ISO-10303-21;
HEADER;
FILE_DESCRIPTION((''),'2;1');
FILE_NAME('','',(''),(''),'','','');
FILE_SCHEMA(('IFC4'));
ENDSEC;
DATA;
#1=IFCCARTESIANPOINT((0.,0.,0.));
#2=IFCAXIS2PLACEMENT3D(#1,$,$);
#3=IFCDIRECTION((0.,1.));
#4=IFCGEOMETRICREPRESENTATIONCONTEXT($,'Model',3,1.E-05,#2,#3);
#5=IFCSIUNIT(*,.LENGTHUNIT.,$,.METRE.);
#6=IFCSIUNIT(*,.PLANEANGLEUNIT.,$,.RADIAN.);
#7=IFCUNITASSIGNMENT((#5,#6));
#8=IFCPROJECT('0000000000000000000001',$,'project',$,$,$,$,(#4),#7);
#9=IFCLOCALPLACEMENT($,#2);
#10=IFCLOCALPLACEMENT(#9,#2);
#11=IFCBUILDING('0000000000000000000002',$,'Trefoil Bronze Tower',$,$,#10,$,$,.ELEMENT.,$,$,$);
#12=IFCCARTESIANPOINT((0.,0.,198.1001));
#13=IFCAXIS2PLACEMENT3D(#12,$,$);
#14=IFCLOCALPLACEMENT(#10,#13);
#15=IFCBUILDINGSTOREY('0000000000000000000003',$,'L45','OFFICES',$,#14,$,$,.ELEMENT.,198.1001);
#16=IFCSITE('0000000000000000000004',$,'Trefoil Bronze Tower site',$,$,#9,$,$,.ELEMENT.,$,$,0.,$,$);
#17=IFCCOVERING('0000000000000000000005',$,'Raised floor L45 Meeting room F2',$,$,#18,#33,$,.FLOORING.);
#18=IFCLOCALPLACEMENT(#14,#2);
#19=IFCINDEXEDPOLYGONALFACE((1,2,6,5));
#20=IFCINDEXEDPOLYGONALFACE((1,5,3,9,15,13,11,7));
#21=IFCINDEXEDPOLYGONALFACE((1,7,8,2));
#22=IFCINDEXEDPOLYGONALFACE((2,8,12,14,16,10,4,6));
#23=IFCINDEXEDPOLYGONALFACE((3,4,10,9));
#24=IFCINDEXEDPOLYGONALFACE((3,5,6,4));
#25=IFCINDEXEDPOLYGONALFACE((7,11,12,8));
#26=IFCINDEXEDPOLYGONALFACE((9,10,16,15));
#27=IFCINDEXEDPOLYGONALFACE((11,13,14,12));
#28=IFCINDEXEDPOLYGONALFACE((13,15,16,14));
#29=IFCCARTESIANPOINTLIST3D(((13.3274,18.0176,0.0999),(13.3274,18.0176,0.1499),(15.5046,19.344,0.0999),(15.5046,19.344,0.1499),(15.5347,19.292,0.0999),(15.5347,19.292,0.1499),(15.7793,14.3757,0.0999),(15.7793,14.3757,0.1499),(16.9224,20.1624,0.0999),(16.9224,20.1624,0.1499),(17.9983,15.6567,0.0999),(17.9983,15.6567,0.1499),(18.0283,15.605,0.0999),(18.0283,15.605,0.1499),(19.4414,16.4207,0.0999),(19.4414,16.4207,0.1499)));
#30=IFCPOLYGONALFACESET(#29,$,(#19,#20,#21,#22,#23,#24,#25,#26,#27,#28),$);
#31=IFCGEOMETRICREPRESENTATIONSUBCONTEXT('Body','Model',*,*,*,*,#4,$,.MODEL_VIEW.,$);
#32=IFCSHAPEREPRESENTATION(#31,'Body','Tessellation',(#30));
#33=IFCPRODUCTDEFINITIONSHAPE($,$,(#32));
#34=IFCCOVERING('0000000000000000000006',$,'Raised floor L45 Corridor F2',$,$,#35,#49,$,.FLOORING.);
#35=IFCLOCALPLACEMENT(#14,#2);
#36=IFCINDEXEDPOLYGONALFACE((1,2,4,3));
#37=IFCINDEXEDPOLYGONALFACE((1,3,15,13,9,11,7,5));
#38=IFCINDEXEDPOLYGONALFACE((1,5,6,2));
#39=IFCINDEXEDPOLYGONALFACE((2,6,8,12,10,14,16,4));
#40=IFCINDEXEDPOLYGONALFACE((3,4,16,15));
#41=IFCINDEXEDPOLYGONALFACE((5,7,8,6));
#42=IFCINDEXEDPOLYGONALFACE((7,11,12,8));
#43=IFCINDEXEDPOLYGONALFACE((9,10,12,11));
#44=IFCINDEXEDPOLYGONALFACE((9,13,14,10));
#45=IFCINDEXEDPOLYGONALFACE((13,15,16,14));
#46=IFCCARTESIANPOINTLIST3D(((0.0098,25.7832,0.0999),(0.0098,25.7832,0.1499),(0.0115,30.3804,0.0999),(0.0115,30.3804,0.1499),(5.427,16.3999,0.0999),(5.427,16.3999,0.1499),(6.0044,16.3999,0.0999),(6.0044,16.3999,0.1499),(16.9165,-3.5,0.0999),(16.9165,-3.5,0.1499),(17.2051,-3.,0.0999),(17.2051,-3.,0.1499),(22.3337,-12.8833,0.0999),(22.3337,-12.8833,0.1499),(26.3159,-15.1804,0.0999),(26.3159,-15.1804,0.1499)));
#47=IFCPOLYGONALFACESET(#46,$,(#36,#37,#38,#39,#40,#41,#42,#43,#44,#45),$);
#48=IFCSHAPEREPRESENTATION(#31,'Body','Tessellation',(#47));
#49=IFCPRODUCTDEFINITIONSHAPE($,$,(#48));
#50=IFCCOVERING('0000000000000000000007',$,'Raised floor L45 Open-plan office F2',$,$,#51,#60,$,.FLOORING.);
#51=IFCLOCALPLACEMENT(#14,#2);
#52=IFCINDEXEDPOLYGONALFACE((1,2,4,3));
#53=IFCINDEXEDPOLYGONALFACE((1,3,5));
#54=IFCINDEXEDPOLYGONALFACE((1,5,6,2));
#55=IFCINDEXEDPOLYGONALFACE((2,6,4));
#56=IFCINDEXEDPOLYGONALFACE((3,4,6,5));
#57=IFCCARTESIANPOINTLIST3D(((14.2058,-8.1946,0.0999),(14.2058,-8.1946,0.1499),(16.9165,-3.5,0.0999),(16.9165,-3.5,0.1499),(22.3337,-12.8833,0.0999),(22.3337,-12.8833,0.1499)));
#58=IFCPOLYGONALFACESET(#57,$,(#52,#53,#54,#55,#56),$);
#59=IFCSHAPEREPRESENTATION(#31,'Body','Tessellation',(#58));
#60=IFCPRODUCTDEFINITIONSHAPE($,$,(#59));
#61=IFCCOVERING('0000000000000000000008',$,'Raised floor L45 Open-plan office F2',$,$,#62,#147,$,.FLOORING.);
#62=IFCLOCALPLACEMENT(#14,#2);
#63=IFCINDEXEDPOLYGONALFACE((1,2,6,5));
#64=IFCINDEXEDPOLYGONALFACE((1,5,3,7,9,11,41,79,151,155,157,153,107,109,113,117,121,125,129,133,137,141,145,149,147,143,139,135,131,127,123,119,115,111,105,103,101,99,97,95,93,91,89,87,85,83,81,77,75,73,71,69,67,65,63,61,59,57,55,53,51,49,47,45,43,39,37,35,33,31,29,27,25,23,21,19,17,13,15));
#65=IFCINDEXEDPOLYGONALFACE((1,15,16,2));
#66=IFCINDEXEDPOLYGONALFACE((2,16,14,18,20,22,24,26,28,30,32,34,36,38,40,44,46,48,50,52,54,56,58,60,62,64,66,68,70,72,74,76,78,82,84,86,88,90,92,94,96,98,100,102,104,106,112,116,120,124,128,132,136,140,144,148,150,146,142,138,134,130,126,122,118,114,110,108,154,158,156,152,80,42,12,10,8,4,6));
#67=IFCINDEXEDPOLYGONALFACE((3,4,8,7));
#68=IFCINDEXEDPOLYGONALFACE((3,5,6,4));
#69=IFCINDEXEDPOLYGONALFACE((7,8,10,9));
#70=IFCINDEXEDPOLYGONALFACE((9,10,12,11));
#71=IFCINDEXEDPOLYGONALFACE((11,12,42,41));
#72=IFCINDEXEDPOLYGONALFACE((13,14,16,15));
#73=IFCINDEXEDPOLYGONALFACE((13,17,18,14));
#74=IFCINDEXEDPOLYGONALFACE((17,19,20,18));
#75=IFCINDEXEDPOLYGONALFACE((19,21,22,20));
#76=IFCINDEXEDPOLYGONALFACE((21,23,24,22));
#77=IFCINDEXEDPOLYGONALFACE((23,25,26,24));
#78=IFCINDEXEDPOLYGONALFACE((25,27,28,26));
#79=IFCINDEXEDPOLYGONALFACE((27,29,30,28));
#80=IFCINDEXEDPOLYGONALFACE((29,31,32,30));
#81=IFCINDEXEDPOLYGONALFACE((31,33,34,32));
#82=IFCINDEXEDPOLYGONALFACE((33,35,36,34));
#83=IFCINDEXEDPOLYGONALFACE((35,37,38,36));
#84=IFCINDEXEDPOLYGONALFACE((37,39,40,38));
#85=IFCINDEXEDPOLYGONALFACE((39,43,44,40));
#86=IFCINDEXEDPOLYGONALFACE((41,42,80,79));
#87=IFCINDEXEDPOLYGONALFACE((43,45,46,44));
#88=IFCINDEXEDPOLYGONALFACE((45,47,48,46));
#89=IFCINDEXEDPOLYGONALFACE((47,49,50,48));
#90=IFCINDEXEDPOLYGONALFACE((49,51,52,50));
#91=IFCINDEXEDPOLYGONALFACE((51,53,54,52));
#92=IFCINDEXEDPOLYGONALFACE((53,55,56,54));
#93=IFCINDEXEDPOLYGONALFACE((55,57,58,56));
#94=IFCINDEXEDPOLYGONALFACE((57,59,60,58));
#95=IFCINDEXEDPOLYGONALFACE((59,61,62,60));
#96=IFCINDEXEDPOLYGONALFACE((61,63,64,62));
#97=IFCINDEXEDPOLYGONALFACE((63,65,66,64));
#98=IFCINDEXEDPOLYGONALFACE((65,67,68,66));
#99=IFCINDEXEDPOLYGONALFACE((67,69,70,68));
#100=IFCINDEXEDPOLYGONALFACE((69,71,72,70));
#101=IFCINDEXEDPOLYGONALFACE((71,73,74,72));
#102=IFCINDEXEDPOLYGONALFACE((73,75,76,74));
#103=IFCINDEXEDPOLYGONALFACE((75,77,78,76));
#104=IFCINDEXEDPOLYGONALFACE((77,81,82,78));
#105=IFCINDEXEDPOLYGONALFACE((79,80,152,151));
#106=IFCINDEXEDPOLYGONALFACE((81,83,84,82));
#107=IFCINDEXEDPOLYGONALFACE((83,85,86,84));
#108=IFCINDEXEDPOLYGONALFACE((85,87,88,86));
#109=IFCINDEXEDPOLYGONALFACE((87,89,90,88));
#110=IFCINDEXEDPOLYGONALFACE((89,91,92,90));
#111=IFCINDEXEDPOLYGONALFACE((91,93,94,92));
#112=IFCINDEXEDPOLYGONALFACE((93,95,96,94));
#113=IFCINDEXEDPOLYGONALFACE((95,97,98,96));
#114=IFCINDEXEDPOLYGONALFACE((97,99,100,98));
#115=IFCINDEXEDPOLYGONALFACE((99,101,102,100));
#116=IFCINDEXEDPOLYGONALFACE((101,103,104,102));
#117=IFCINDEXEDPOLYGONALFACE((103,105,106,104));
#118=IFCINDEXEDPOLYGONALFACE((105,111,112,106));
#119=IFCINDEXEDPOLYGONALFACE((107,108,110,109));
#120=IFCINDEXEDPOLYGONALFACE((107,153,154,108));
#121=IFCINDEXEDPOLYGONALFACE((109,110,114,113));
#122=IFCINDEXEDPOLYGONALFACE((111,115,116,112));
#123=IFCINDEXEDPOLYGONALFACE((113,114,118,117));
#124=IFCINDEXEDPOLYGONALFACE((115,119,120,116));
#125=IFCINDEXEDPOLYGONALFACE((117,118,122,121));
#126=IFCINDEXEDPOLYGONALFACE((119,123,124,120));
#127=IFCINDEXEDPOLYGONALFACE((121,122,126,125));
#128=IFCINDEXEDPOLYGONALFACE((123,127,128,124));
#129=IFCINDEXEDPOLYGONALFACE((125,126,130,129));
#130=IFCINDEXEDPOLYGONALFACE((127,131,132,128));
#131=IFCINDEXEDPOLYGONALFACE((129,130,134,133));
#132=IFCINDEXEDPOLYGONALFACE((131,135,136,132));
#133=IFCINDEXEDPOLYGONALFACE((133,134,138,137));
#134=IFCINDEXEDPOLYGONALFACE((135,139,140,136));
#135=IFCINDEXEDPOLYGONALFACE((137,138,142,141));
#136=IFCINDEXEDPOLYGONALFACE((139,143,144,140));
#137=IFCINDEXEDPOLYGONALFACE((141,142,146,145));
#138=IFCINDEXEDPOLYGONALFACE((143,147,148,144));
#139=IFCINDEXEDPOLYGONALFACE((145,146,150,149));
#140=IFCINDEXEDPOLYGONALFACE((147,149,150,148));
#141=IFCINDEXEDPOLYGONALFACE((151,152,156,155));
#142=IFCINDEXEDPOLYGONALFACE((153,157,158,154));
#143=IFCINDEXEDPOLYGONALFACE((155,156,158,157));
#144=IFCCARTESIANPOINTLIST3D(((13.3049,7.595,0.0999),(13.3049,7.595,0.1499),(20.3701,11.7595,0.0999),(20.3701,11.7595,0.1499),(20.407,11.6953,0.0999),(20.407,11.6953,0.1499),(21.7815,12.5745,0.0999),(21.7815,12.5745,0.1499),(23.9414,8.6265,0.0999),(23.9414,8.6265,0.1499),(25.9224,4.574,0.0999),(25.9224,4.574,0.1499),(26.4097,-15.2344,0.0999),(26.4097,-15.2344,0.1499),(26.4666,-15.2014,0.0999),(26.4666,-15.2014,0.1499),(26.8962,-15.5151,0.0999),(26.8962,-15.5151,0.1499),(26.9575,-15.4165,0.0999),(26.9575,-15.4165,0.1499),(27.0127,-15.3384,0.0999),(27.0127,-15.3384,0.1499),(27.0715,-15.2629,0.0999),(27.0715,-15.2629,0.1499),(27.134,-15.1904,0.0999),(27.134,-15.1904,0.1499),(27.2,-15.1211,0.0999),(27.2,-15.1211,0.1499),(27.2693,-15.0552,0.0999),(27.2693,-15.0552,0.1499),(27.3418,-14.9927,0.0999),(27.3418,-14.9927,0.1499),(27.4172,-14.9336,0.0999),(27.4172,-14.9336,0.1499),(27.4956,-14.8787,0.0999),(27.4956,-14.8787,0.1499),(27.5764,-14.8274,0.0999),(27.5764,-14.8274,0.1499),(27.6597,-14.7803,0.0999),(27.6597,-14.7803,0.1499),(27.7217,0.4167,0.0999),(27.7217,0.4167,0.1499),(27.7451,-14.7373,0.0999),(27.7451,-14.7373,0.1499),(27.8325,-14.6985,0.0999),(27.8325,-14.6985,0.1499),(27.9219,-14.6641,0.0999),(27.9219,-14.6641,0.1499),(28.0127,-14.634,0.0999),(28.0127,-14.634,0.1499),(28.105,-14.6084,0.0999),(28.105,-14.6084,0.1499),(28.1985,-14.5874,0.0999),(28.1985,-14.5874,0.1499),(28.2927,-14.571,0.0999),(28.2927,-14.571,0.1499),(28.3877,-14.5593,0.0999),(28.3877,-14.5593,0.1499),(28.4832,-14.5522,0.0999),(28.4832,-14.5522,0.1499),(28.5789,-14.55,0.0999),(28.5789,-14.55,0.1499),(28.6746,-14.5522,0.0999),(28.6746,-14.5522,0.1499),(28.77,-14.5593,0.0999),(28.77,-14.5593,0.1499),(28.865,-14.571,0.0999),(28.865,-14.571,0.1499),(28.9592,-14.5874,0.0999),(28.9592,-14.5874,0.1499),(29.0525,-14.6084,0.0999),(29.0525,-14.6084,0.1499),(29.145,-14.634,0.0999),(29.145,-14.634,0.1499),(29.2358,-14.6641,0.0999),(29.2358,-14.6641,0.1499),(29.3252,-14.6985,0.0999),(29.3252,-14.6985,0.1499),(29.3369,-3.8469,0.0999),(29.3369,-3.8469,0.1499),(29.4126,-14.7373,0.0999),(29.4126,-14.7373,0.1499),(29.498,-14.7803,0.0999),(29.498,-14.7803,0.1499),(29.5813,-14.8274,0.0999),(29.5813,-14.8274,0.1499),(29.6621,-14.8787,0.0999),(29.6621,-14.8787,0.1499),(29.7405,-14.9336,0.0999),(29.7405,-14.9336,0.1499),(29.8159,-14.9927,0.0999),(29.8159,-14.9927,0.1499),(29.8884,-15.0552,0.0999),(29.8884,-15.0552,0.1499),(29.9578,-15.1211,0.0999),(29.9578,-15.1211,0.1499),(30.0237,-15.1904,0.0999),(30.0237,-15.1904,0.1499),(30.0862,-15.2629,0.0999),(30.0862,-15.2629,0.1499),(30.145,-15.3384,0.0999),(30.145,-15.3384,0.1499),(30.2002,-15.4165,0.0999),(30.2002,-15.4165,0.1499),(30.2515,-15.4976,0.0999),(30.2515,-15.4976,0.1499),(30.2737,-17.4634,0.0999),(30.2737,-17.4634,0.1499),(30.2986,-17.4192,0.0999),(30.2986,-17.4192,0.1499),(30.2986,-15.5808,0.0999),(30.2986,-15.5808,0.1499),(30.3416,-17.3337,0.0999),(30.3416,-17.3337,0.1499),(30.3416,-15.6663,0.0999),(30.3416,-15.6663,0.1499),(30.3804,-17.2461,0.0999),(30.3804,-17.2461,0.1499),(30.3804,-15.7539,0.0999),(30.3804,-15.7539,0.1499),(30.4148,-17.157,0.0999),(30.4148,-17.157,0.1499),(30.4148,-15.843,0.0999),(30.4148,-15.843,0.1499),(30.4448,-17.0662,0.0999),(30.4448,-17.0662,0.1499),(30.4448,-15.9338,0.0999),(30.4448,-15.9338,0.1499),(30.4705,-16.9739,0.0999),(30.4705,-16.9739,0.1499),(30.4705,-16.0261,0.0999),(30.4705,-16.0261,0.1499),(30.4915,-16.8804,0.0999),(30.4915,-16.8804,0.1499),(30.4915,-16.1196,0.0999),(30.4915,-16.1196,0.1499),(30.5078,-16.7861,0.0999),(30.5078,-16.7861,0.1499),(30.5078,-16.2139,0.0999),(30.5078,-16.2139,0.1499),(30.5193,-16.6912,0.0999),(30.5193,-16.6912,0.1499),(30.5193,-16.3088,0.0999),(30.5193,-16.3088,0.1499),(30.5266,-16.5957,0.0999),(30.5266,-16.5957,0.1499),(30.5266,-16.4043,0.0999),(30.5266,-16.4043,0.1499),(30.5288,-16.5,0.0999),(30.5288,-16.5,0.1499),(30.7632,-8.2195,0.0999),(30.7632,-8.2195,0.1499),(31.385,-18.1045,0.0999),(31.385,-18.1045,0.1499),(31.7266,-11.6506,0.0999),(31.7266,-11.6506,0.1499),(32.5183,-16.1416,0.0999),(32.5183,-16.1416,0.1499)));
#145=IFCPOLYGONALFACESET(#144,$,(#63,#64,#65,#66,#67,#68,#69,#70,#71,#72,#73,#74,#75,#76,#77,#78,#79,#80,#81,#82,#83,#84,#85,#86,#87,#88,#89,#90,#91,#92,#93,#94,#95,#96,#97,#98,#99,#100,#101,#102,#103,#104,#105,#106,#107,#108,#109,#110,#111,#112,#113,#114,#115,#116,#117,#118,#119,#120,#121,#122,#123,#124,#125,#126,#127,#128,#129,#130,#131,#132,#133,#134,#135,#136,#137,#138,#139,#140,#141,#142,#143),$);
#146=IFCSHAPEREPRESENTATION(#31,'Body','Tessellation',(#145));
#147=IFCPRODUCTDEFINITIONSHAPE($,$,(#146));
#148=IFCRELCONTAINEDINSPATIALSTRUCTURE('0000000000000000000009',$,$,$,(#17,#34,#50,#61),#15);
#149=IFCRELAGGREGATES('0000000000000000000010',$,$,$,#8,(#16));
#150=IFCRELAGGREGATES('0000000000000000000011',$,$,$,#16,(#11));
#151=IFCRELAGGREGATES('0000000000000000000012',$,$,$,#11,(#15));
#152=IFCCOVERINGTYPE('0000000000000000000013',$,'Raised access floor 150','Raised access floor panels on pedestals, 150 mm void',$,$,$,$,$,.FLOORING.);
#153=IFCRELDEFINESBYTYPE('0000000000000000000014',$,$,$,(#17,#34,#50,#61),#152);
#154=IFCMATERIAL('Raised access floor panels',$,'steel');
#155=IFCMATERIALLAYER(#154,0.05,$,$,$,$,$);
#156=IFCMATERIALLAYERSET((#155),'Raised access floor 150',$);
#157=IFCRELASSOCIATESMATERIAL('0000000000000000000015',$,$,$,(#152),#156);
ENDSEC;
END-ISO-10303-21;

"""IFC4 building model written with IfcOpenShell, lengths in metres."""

from ifc_helpers import new_model, si_unit, direction, frame, origin, place, context, subcontext, project, spatial, polyline, outline, extrude, material, layer, layer_set, type_object, element, save


model = new_model("IFC4")

# Units and contexts
model_context = context("Model", 3, precision=1e-05, world=origin(), true_north=direction((0.0, 1.0)))
body_context = subcontext(model_context, "Body", "Model", "MODEL_VIEW")
ifc_project = project(units=[si_unit("LENGTHUNIT", "METRE"), si_unit("PLANEANGLEUNIT", "RADIAN")], contexts=[model_context])

# Site, building, storey
site_placement = place(None, origin())
site = spatial("IfcSite", under=ifc_project, at=site_placement, Name="Trefoil Bronze Tower site", CompositionType="ELEMENT", RefElevation=0.0)
building_placement = place(site_placement, origin())
building = spatial("IfcBuilding", under=site, at=building_placement, Name="Trefoil Bronze Tower", CompositionType="ELEMENT")
storey_placement = place(building_placement, frame((0.0, 0.0, 198.1001)))
storey = spatial("IfcBuildingStorey", under=building, at=storey_placement, Name="L45", Description="OFFICES", CompositionType="ELEMENT", Elevation=198.1001)

# Coverings
ifc_material_1 = material(Name="Raised access floor panels", Category="steel")
ifc_layer_1 = layer(ifc_material_1, 0.05)
ifc_layer_set_1 = layer_set([ifc_layer_1], Name="Raised access floor 150")
covering_type_1 = type_object("IfcCoveringType", Name="Raised access floor 150", Description="Raised access floor panels on pedestals, 150 mm void", PredefinedType="FLOORING", material=ifc_layer_set_1)
covering_1_placement = place(storey_placement, frame((0.0, 0.0, 0.0999)))
element("IfcCovering", 1, at=covering_1_placement, inside=storey, type_object=covering_type_1, Name="Raised floor L45 Meeting room F2", PredefinedType="FLOORING", context=body_context, shape_type="SweptSolid", body=[
    extrude(outline(polyline([(19.4414, 16.4207), (18.0283, 15.605), (17.9983, 15.6567), (15.7793, 14.3757), (13.3274, 18.0176), (15.5347, 19.292), (15.5046, 19.344), (16.9224, 20.1624), (19.4414, 16.4207)])), origin(), (0.0, 0.0, 1.0), 0.05),
])
covering_2_placement = place(storey_placement, frame((0.0, 0.0, 0.0999)))
element("IfcCovering", 2, at=covering_2_placement, inside=storey, type_object=covering_type_1, Name="Raised floor L45 Corridor F2", PredefinedType="FLOORING", context=body_context, shape_type="SweptSolid", body=[
    extrude(outline(polyline([(26.3159, -15.1804), (22.3337, -12.8833), (16.9165, -3.5), (17.2051, -3.0), (6.0044, 16.3999), (5.427, 16.3999), (0.0098, 25.7832), (0.0115, 30.3804), (26.3159, -15.1804)])), origin(), (0.0, 0.0, 1.0), 0.05),
])
covering_3_placement = place(storey_placement, frame((0.0, 0.0, 0.0999)))
element("IfcCovering", 3, at=covering_3_placement, inside=storey, type_object=covering_type_1, Name="Raised floor L45 Open-plan office F2", PredefinedType="FLOORING", context=body_context, shape_type="SweptSolid", body=[
    extrude(outline(polyline([(16.9165, -3.5), (22.3337, -12.8833), (14.2058, -8.1946), (16.9165, -3.5)])), origin(), (0.0, 0.0, 1.0), 0.05),
])
covering_4_placement = place(storey_placement, frame((0.0, 0.0, 0.0999)))
element("IfcCovering", 4, at=covering_4_placement, inside=storey, type_object=covering_type_1, Name="Raised floor L45 Open-plan office F2", PredefinedType="FLOORING", context=body_context, shape_type="SweptSolid", body=[
    extrude(outline(polyline([(26.4097, -15.2344), (26.4666, -15.2014), (13.3049, 7.595), (20.407, 11.6953), (20.3701, 11.7595), (21.7815, 12.5745), (23.9414, 8.6265), (25.9224, 4.574), (27.7217, 0.4167), (29.3369, -3.8469), (30.7632, -8.2195), (31.7266, -11.6506), (32.5183, -16.1416), (31.385, -18.1045), (30.2737, -17.4634), (30.2986, -17.4192), (30.3416, -17.3337), (30.3804, -17.2461), (30.4148, -17.157), (30.4448, -17.0662), (30.4705, -16.9739), (30.4915, -16.8804), (30.5078, -16.7861), (30.5193, -16.6912), (30.5266, -16.5957), (30.5288, -16.5), (30.5266, -16.4043), (30.5193, -16.3088), (30.5078, -16.2139), (30.4915, -16.1196), (30.4705, -16.0261), (30.4448, -15.9338), (30.4148, -15.843), (30.3804, -15.7539), (30.3416, -15.6663), (30.2986, -15.5808), (30.2515, -15.4976), (30.2002, -15.4165), (30.145, -15.3384), (30.0862, -15.2629), (30.0237, -15.1904), (29.9578, -15.1211), (29.8884, -15.0552), (29.8159, -14.9927), (29.7405, -14.9336), (29.6621, -14.8787), (29.5813, -14.8274), (29.498, -14.7803), (29.4126, -14.7373), (29.3252, -14.6985), (29.2358, -14.6641), (29.145, -14.634), (29.0525, -14.6084), (28.9592, -14.5874), (28.865, -14.571), (28.77, -14.5593), (28.6746, -14.5522), (28.5789, -14.55), (28.4832, -14.5522), (28.3877, -14.5593), (28.2927, -14.571), (28.1985, -14.5874), (28.105, -14.6084), (28.0127, -14.634), (27.9219, -14.6641), (27.8325, -14.6985), (27.7451, -14.7373), (27.6597, -14.7803), (27.5764, -14.8274), (27.4956, -14.8787), (27.4172, -14.9336), (27.3418, -14.9927), (27.2693, -15.0552), (27.2, -15.1211), (27.134, -15.1904), (27.0715, -15.2629), (27.0127, -15.3384), (26.9575, -15.4165), (26.8962, -15.5151), (26.4097, -15.2344)])), origin(), (0.0, 0.0, 1.0), 0.05),
])

save(model, "model.ifc")
